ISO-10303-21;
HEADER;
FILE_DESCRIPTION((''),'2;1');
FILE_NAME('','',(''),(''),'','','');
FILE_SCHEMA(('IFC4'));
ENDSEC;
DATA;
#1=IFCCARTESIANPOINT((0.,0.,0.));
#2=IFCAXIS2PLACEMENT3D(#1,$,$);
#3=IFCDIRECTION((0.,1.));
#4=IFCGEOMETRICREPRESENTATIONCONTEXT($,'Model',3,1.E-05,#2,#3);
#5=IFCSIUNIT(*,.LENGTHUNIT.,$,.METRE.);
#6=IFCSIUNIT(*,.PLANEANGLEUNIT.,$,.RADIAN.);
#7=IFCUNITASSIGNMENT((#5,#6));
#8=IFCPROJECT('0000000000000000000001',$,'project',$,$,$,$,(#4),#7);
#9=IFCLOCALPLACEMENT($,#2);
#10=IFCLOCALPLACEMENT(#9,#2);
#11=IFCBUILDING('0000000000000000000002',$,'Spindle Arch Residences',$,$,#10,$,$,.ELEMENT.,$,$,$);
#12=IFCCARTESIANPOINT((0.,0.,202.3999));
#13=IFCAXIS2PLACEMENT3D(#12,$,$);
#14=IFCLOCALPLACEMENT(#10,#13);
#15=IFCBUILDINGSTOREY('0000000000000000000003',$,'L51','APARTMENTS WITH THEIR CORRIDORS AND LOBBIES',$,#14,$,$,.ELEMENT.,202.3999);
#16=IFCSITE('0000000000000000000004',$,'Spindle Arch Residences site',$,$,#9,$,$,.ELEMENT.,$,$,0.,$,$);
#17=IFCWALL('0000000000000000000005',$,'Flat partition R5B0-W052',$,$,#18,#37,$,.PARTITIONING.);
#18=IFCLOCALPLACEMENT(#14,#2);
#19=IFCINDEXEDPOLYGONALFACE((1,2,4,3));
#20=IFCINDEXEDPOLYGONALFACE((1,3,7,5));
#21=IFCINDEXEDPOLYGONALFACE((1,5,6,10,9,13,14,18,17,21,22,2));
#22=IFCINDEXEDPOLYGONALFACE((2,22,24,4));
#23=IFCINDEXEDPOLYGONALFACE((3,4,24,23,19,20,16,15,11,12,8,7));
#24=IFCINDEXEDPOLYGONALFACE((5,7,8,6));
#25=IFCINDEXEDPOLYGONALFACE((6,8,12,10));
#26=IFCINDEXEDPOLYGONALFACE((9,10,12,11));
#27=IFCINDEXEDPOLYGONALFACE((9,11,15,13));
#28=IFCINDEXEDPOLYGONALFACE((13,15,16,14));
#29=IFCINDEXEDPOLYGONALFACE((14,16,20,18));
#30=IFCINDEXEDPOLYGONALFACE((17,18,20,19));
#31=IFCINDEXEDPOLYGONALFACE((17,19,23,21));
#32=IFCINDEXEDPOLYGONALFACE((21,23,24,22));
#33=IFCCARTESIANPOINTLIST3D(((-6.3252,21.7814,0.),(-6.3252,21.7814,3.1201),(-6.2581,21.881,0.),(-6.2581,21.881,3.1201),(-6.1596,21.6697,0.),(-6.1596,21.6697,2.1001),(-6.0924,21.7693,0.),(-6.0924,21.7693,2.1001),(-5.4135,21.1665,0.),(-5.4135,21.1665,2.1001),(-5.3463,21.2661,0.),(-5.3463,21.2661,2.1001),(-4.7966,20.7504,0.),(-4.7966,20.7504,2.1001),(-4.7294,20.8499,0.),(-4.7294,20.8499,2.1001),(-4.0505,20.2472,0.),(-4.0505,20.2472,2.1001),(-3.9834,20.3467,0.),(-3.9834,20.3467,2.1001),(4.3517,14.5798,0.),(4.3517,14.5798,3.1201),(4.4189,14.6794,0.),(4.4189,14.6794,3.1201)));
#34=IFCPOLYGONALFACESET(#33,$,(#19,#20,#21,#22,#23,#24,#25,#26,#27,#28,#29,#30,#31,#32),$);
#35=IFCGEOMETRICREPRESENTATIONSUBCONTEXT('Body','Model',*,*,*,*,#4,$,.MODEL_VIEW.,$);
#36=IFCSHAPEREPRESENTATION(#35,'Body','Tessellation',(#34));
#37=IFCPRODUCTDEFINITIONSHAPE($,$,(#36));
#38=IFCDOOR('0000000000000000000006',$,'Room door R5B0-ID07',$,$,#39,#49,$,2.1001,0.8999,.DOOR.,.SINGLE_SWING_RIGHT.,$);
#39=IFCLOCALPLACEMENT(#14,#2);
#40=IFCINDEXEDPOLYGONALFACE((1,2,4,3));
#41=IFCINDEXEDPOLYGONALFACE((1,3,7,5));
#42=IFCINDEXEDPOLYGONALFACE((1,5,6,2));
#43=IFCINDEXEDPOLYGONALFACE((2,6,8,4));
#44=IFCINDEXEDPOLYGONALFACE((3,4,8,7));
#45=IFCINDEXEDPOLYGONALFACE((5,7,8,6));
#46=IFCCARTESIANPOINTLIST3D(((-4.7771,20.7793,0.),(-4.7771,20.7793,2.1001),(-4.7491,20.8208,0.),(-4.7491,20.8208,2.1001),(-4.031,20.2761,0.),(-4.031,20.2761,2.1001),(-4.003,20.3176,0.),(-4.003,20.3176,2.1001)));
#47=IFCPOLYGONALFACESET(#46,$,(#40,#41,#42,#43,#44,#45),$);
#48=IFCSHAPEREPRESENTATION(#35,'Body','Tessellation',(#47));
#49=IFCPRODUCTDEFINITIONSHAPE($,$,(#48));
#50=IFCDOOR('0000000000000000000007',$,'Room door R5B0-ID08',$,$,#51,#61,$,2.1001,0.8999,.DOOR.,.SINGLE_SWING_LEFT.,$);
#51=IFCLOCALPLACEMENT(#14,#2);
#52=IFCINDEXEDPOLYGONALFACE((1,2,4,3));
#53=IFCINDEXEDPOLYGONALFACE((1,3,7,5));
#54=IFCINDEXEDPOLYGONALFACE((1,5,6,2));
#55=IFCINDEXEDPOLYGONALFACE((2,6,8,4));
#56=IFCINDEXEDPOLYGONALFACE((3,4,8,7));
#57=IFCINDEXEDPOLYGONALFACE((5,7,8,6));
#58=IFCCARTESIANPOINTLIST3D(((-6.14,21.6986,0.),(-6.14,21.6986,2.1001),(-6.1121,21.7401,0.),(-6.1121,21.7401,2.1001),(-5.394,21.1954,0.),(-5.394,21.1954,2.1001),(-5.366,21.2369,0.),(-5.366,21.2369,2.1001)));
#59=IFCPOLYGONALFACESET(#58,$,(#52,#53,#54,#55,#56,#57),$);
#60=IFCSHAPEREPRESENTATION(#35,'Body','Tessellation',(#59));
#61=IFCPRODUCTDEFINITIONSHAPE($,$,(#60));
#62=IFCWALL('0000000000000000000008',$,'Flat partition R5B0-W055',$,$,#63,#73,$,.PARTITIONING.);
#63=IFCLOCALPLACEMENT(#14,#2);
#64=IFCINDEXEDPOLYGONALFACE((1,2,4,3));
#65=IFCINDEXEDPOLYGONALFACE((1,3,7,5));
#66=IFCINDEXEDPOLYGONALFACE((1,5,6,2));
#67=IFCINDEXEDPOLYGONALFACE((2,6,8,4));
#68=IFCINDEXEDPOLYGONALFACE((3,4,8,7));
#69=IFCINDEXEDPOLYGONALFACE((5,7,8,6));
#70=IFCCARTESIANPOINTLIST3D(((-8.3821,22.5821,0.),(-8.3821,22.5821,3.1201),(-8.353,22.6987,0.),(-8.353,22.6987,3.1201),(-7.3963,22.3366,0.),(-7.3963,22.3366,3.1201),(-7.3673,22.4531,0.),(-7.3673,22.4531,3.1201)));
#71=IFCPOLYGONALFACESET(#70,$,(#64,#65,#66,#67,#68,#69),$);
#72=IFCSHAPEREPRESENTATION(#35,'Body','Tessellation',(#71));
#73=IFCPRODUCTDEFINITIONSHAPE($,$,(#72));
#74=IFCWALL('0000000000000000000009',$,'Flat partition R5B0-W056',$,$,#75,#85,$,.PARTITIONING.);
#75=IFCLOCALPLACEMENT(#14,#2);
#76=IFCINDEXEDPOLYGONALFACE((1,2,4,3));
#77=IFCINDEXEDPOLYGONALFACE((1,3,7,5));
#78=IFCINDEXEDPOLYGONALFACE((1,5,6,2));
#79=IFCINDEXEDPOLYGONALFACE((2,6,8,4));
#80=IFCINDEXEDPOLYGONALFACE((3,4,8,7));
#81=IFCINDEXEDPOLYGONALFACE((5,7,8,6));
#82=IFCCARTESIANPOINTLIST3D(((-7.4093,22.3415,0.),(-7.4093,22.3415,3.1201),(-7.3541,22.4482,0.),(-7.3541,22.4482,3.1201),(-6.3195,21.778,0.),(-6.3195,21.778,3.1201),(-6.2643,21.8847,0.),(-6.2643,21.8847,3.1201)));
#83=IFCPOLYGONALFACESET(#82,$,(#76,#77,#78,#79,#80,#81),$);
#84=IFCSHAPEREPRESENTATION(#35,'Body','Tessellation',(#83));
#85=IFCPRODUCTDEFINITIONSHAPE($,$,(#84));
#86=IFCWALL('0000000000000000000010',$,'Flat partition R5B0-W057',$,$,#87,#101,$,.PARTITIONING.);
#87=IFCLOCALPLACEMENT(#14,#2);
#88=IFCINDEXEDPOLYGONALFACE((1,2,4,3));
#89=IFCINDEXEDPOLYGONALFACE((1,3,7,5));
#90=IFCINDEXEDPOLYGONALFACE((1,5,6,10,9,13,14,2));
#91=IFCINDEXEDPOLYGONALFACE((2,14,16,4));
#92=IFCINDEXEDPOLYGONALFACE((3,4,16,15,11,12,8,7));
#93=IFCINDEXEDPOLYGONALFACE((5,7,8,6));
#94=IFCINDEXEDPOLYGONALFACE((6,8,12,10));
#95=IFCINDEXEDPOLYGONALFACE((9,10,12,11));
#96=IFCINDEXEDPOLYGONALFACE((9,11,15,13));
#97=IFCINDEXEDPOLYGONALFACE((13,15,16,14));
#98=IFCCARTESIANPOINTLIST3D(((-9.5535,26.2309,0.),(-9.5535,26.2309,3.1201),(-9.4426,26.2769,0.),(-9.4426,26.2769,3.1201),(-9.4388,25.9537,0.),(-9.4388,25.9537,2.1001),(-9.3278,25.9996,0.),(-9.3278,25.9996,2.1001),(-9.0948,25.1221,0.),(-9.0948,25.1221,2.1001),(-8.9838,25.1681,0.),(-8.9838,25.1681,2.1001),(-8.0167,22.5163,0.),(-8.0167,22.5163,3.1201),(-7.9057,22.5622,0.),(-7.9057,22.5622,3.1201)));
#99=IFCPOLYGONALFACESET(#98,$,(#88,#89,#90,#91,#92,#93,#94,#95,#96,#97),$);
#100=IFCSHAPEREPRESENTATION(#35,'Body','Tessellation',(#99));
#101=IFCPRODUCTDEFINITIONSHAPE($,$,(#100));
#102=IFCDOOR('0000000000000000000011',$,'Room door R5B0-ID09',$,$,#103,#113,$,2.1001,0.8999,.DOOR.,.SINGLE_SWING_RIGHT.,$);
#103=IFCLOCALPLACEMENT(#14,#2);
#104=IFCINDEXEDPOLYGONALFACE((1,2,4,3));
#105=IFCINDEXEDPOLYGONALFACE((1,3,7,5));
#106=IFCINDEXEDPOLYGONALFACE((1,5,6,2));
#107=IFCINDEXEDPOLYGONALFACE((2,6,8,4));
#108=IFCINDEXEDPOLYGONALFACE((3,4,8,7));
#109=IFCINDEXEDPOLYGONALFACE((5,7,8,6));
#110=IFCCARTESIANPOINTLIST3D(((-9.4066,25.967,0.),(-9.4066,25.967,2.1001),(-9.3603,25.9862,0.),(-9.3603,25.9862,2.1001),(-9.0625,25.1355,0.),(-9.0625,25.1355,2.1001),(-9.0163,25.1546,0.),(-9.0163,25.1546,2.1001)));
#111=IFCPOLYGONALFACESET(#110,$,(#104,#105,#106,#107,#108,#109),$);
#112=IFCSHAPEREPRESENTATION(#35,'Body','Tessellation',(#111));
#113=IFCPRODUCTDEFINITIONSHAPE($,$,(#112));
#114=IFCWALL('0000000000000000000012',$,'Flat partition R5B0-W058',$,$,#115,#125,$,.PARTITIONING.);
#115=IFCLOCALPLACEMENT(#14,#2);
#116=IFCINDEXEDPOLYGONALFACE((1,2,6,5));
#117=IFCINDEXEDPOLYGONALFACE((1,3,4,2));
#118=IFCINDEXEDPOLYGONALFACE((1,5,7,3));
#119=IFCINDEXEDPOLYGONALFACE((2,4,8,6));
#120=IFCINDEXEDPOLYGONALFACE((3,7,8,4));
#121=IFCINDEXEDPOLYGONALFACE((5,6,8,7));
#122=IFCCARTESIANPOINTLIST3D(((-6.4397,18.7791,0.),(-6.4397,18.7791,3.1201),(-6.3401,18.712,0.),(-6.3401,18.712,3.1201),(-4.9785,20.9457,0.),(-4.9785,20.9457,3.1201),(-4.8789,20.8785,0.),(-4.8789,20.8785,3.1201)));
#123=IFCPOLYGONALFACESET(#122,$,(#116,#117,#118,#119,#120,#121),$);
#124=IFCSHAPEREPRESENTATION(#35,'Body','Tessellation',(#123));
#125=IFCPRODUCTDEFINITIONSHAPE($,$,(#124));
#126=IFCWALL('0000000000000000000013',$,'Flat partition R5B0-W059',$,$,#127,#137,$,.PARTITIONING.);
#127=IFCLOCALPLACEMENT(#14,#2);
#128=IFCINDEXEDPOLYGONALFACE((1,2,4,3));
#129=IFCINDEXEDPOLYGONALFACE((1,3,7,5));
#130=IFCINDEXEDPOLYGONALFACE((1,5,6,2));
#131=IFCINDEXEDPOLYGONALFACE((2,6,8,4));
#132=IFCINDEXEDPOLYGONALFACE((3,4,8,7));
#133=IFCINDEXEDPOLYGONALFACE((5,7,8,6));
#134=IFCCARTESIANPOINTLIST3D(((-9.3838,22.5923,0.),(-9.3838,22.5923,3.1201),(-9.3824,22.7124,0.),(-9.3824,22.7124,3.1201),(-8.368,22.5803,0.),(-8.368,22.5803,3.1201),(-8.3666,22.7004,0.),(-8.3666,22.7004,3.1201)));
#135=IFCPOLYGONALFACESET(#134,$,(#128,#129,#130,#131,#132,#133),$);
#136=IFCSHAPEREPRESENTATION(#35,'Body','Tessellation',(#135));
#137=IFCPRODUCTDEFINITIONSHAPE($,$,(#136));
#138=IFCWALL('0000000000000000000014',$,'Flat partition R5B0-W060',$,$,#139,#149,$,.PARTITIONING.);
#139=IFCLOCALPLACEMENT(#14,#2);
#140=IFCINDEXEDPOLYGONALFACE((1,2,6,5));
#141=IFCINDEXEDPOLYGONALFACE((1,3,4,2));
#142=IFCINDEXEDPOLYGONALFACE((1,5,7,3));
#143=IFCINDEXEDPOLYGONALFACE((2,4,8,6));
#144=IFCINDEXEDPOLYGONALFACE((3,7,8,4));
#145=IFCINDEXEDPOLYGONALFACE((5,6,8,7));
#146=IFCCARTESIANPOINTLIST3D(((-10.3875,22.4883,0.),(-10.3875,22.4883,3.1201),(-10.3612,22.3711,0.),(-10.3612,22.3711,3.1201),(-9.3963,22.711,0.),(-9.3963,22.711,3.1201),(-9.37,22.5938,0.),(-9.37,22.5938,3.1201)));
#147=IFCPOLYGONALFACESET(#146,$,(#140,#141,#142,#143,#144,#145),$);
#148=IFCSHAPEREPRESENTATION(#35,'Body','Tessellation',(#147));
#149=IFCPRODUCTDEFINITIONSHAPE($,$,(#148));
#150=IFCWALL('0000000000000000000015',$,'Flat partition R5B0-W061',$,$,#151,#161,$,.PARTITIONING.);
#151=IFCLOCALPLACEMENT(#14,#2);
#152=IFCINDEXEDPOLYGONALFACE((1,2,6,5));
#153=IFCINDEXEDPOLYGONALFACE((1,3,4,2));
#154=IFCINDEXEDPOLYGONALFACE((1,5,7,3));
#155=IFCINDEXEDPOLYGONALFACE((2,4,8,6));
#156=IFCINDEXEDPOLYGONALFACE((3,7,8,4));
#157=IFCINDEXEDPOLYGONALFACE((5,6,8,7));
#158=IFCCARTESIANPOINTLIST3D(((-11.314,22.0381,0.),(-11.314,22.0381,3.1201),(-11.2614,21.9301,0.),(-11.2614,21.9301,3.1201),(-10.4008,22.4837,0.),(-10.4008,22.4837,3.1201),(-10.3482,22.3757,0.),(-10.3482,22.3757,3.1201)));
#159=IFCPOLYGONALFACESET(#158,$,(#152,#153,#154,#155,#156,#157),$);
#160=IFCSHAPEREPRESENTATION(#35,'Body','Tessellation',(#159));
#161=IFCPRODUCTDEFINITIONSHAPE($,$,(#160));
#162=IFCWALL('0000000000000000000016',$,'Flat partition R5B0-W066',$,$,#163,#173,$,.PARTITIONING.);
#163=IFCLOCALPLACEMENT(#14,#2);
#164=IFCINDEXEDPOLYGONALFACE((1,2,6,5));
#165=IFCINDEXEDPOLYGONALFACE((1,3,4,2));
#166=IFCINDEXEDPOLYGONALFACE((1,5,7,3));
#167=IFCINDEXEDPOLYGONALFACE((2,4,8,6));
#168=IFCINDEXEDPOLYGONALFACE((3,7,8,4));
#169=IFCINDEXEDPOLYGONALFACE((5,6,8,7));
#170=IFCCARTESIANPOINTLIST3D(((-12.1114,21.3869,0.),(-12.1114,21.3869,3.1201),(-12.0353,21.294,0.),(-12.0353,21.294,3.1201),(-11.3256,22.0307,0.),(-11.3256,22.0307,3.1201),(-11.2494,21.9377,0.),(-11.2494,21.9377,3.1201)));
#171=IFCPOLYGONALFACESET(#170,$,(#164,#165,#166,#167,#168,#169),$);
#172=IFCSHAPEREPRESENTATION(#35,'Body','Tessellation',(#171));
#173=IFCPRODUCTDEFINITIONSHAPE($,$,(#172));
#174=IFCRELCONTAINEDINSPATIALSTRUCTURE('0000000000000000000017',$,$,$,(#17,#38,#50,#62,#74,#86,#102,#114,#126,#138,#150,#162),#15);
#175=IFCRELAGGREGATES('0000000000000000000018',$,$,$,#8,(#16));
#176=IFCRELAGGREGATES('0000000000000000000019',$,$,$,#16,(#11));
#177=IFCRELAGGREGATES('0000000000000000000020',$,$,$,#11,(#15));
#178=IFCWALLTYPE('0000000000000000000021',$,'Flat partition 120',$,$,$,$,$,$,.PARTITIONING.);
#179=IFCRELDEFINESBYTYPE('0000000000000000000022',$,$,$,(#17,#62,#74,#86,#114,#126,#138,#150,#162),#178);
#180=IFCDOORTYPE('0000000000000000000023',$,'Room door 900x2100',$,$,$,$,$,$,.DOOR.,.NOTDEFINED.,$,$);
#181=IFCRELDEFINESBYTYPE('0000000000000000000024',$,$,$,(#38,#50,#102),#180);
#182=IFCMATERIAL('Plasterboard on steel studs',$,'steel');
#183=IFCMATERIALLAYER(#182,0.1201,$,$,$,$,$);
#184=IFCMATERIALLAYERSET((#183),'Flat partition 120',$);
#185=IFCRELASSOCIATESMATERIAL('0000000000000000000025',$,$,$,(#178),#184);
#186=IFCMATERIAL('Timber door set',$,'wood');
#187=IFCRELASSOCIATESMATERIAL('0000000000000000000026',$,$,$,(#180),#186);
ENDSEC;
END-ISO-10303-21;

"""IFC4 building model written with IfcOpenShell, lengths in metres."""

from ifc_helpers import new_model, si_unit, direction, frame, frame_2d, origin, place, context, subcontext, project, spatial, rectangle, extrude, material, layer, layer_set, type_object, element, fill, save


model = new_model("IFC4")

# Units and contexts
model_context = context("Model", 3, precision=1e-05, world=origin(), true_north=direction((0.0, 1.0)))
body_context = subcontext(model_context, "Body", "Model", "MODEL_VIEW")
ifc_project = project(units=[si_unit("LENGTHUNIT", "METRE"), si_unit("PLANEANGLEUNIT", "RADIAN")], contexts=[model_context])

# Site, building, storey
site_placement = place(None, origin())
site = spatial("IfcSite", under=ifc_project, at=site_placement, Name="Spindle Arch Residences site", CompositionType="ELEMENT", RefElevation=0.0)
building_placement = place(site_placement, origin())
building = spatial("IfcBuilding", under=site, at=building_placement, Name="Spindle Arch Residences", CompositionType="ELEMENT")
storey_placement = place(building_placement, frame((0.0, 0.0, 202.3999)))
storey = spatial("IfcBuildingStorey", under=building, at=storey_placement, Name="L51", Description="APARTMENTS WITH THEIR CORRIDORS AND LOBBIES", CompositionType="ELEMENT", Elevation=202.3999)

# Shared definitions
ifc_material_1 = material(Name="Plasterboard on steel studs", Category="steel")
ifc_layer_1 = layer(ifc_material_1, 0.1201)
ifc_layer_set_1 = layer_set([ifc_layer_1], Name="Flat partition 120")
wall_type = type_object("IfcWallType", Name="Flat partition 120", PredefinedType="PARTITIONING", material=ifc_layer_set_1)

# Wall, openings, doors
wall_1_placement = place(storey_placement, frame((-6.2917, 21.8313, 0.0), z_axis=(0.0, 0.0, 1.0), x_axis=(0.82904, -0.559189, 0.0)))
wall_1 = element("IfcWall", 1, at=wall_1_placement, inside=storey, type_object=wall_type, Name="Flat partition R5B0-W052", PredefinedType="PARTITIONING", context=body_context, shape_type="SweptSolid", body=[
    extrude(rectangle(XDim=12.8787, YDim=0.1201, at=frame_2d((6.4395, 0.0))), origin(), (0.0, 0.0, 1.0), 3.1201),
])
opening_1_placement = place(wall_1_placement, frame((1.844, 0.0, 0.0)))
opening_1 = element("IfcOpeningElement", 2, at=opening_1_placement, cuts=wall_1, PredefinedType="OPENING", context=body_context, shape_type="SweptSolid", body=[
    extrude(rectangle(XDim=0.8999, YDim=2.1001, at=frame_2d((0.45, 1.05))), frame((0.0, 0.0701, 0.0), z_axis=(0.0, -1.0, 0.0), x_axis=(1.0, 0.0, 0.0)), (0.0, 0.0, 1.0), 0.1401),
])
opening_2_placement = place(wall_1_placement, frame((0.2, 0.0, 0.0)))
opening_2 = element("IfcOpeningElement", 3, at=opening_2_placement, cuts=wall_1, PredefinedType="OPENING", context=body_context, shape_type="SweptSolid", body=[
    extrude(rectangle(XDim=0.8999, YDim=2.1001, at=frame_2d((0.45, 1.05))), frame((0.0, 0.0701, 0.0), z_axis=(0.0, -1.0, 0.0), x_axis=(1.0, 0.0, 0.0)), (0.0, 0.0, 1.0), 0.1401),
])
ifc_material_2 = material(Name="Timber door set", Category="wood")
door_type = type_object("IfcDoorType", Name="Room door 900x2100", OperationType="NOTDEFINED", PredefinedType="DOOR", material=ifc_material_2)
door_1_placement = place(opening_1_placement, origin())
door_1 = element("IfcDoor", 4, at=door_1_placement, inside=storey, type_object=door_type, Name="Room door R5B0-ID07", OperationType="SINGLE_SWING_RIGHT", OverallHeight=2.1001, OverallWidth=0.8999, PredefinedType="DOOR", context=body_context, shape_type="SweptSolid", body=[
    extrude(rectangle(XDim=0.8999, YDim=2.1001, at=frame_2d((0.45, 1.05))), frame((0.0, 0.0249, 0.0), z_axis=(0.0, -1.0, 0.0), x_axis=(1.0, 0.0, 0.0)), (0.0, 0.0, 1.0), 0.05),
])
fill(opening_1, door_1)
door_2_placement = place(opening_2_placement, origin())
door_2 = element("IfcDoor", 5, at=door_2_placement, inside=storey, type_object=door_type, Name="Room door R5B0-ID08", OperationType="SINGLE_SWING_LEFT", OverallHeight=2.1001, OverallWidth=0.8999, PredefinedType="DOOR", context=body_context, shape_type="SweptSolid", body=[
    extrude(rectangle(XDim=0.8999, YDim=2.1001, at=frame_2d((0.45, 1.05))), frame((0.0, 0.0249, 0.0), z_axis=(0.0, -1.0, 0.0), x_axis=(1.0, 0.0, 0.0)), (0.0, 0.0, 1.0), 0.05),
])
fill(opening_2, door_2)

# Walls
wall_2_placement = place(storey_placement, frame((-8.3674, 22.6404, 0.0), z_axis=(0.0, 0.0, 1.0), x_axis=(0.97034, -0.241744, 0.0)))
element("IfcWall", 6, at=wall_2_placement, inside=storey, type_object=wall_type, Name="Flat partition R5B0-W055", PredefinedType="PARTITIONING", context=body_context, shape_type="SweptSolid", body=[
    extrude(rectangle(XDim=1.0159, YDim=0.1201, at=frame_2d((0.5078, 0.0))), origin(), (0.0, 0.0, 1.0), 3.1201),
])
wall_3_placement = place(storey_placement, frame((-7.3816, 22.3948, 0.0), z_axis=(0.0, 0.0, 1.0), x_axis=(0.888296, -0.459271, 0.0)))
element("IfcWall", 7, at=wall_3_placement, inside=storey, type_object=wall_type, Name="Flat partition R5B0-W056", PredefinedType="PARTITIONING", context=body_context, shape_type="SweptSolid", body=[
    extrude(rectangle(XDim=1.2268, YDim=0.1201, at=frame_2d((0.6133, 0.0))), origin(), (0.0, 0.0, 1.0), 3.1201),
])

# Wall, opening, door
wall_4_placement = place(storey_placement, frame((-9.498, 26.2539, 0.0), z_axis=(0.0, 0.0, 1.0), x_axis=(0.382307, -0.924035, 0.0)))
wall_4 = element("IfcWall", 8, at=wall_4_placement, inside=storey, type_object=wall_type, Name="Flat partition R5B0-W057", PredefinedType="PARTITIONING", context=body_context, shape_type="SweptSolid", body=[
    extrude(rectangle(XDim=4.02, YDim=0.1201, at=frame_2d((2.01, 0.0))), origin(), (0.0, 0.0, 1.0), 3.1201),
])
opening_3_placement = place(wall_4_placement, frame((0.3, 0.0, 0.0)))
opening_3 = element("IfcOpeningElement", 9, at=opening_3_placement, cuts=wall_4, PredefinedType="OPENING", context=body_context, shape_type="SweptSolid", body=[
    extrude(rectangle(XDim=0.8999, YDim=2.1001, at=frame_2d((0.45, 1.05))), frame((0.0, 0.0701, 0.0), z_axis=(0.0, -1.0, 0.0), x_axis=(1.0, 0.0, 0.0)), (0.0, 0.0, 1.0), 0.1401),
])
door_3_placement = place(opening_3_placement, origin())
door_3 = element("IfcDoor", 10, at=door_3_placement, inside=storey, type_object=door_type, Name="Room door R5B0-ID09", OperationType="SINGLE_SWING_RIGHT", OverallHeight=2.1001, OverallWidth=0.8999, PredefinedType="DOOR", context=body_context, shape_type="SweptSolid", body=[
    extrude(rectangle(XDim=0.8999, YDim=2.1001, at=frame_2d((0.45, 1.05))), frame((0.0, 0.0249, 0.0), z_axis=(0.0, -1.0, 0.0), x_axis=(1.0, 0.0, 0.0)), (0.0, 0.0, 1.0), 0.05),
])
fill(opening_3, door_3)

# Walls
wall_5_placement = place(storey_placement, frame((-4.9287, 20.9121, 0.0), z_axis=(0.0, 0.0, 1.0), x_axis=(-0.559155, -0.829063, 0.0)))
element("IfcWall", 11, at=wall_5_placement, inside=storey, type_object=wall_type, Name="Flat partition R5B0-W058", PredefinedType="PARTITIONING", context=body_context, shape_type="SweptSolid", body=[
    extrude(rectangle(XDim=2.6133, YDim=0.1201, at=frame_2d((1.3066, 0.0))), origin(), (0.0, 0.0, 1.0), 3.1201),
])
for number, where, z_axis, x_axis, name in (
    (12, (-8.3674, 22.6404, 0.0), (0.0, 0.0, 1.0), (-0.999931, 0.011775, 0.0), "Flat partition R5B0-W059"),
    (13, (-9.3833, 22.6523, 0.0), (0.0, 0.0, 1.0), (-0.975687, -0.219169, 0.0), "Flat partition R5B0-W060"),
):
    element("IfcWall", number, at=place(storey_placement, frame(where, z_axis=z_axis, x_axis=x_axis)), inside=storey, type_object=wall_type, Name=name, PredefinedType="PARTITIONING", context=body_context, shape_type="SweptSolid", body=[
        extrude(rectangle(XDim=1.0159, YDim=0.1201, at=frame_2d((0.5078, 0.0))), origin(), (0.0, 0.0, 1.0), 3.1201),
    ])
wall_6_placement = place(storey_placement, frame((-10.3745, 22.4297, 0.0), z_axis=(0.0, 0.0, 1.0), x_axis=(-0.898711, -0.438542, 0.0)))
element("IfcWall", 14, at=wall_6_placement, inside=storey, type_object=wall_type, Name="Flat partition R5B0-W061", PredefinedType="PARTITIONING", context=body_context, shape_type="SweptSolid", body=[
    extrude(rectangle(XDim=1.0161, YDim=0.1201, at=frame_2d((0.5081, 0.0))), origin(), (0.0, 0.0, 1.0), 3.1201),
])
wall_7_placement = place(storey_placement, frame((-11.2876, 21.9841, 0.0), z_axis=(0.0, 0.0, 1.0), x_axis=(-0.773572, -0.633709, 0.0)))
element("IfcWall", 15, at=wall_7_placement, inside=storey, type_object=wall_type, Name="Flat partition R5B0-W066", PredefinedType="PARTITIONING", context=body_context, shape_type="SweptSolid", body=[
    extrude(rectangle(XDim=1.0159, YDim=0.1201, at=frame_2d((0.5078, 0.0))), origin(), (0.0, 0.0, 1.0), 3.1201),
])

save(model, "model.ifc")
